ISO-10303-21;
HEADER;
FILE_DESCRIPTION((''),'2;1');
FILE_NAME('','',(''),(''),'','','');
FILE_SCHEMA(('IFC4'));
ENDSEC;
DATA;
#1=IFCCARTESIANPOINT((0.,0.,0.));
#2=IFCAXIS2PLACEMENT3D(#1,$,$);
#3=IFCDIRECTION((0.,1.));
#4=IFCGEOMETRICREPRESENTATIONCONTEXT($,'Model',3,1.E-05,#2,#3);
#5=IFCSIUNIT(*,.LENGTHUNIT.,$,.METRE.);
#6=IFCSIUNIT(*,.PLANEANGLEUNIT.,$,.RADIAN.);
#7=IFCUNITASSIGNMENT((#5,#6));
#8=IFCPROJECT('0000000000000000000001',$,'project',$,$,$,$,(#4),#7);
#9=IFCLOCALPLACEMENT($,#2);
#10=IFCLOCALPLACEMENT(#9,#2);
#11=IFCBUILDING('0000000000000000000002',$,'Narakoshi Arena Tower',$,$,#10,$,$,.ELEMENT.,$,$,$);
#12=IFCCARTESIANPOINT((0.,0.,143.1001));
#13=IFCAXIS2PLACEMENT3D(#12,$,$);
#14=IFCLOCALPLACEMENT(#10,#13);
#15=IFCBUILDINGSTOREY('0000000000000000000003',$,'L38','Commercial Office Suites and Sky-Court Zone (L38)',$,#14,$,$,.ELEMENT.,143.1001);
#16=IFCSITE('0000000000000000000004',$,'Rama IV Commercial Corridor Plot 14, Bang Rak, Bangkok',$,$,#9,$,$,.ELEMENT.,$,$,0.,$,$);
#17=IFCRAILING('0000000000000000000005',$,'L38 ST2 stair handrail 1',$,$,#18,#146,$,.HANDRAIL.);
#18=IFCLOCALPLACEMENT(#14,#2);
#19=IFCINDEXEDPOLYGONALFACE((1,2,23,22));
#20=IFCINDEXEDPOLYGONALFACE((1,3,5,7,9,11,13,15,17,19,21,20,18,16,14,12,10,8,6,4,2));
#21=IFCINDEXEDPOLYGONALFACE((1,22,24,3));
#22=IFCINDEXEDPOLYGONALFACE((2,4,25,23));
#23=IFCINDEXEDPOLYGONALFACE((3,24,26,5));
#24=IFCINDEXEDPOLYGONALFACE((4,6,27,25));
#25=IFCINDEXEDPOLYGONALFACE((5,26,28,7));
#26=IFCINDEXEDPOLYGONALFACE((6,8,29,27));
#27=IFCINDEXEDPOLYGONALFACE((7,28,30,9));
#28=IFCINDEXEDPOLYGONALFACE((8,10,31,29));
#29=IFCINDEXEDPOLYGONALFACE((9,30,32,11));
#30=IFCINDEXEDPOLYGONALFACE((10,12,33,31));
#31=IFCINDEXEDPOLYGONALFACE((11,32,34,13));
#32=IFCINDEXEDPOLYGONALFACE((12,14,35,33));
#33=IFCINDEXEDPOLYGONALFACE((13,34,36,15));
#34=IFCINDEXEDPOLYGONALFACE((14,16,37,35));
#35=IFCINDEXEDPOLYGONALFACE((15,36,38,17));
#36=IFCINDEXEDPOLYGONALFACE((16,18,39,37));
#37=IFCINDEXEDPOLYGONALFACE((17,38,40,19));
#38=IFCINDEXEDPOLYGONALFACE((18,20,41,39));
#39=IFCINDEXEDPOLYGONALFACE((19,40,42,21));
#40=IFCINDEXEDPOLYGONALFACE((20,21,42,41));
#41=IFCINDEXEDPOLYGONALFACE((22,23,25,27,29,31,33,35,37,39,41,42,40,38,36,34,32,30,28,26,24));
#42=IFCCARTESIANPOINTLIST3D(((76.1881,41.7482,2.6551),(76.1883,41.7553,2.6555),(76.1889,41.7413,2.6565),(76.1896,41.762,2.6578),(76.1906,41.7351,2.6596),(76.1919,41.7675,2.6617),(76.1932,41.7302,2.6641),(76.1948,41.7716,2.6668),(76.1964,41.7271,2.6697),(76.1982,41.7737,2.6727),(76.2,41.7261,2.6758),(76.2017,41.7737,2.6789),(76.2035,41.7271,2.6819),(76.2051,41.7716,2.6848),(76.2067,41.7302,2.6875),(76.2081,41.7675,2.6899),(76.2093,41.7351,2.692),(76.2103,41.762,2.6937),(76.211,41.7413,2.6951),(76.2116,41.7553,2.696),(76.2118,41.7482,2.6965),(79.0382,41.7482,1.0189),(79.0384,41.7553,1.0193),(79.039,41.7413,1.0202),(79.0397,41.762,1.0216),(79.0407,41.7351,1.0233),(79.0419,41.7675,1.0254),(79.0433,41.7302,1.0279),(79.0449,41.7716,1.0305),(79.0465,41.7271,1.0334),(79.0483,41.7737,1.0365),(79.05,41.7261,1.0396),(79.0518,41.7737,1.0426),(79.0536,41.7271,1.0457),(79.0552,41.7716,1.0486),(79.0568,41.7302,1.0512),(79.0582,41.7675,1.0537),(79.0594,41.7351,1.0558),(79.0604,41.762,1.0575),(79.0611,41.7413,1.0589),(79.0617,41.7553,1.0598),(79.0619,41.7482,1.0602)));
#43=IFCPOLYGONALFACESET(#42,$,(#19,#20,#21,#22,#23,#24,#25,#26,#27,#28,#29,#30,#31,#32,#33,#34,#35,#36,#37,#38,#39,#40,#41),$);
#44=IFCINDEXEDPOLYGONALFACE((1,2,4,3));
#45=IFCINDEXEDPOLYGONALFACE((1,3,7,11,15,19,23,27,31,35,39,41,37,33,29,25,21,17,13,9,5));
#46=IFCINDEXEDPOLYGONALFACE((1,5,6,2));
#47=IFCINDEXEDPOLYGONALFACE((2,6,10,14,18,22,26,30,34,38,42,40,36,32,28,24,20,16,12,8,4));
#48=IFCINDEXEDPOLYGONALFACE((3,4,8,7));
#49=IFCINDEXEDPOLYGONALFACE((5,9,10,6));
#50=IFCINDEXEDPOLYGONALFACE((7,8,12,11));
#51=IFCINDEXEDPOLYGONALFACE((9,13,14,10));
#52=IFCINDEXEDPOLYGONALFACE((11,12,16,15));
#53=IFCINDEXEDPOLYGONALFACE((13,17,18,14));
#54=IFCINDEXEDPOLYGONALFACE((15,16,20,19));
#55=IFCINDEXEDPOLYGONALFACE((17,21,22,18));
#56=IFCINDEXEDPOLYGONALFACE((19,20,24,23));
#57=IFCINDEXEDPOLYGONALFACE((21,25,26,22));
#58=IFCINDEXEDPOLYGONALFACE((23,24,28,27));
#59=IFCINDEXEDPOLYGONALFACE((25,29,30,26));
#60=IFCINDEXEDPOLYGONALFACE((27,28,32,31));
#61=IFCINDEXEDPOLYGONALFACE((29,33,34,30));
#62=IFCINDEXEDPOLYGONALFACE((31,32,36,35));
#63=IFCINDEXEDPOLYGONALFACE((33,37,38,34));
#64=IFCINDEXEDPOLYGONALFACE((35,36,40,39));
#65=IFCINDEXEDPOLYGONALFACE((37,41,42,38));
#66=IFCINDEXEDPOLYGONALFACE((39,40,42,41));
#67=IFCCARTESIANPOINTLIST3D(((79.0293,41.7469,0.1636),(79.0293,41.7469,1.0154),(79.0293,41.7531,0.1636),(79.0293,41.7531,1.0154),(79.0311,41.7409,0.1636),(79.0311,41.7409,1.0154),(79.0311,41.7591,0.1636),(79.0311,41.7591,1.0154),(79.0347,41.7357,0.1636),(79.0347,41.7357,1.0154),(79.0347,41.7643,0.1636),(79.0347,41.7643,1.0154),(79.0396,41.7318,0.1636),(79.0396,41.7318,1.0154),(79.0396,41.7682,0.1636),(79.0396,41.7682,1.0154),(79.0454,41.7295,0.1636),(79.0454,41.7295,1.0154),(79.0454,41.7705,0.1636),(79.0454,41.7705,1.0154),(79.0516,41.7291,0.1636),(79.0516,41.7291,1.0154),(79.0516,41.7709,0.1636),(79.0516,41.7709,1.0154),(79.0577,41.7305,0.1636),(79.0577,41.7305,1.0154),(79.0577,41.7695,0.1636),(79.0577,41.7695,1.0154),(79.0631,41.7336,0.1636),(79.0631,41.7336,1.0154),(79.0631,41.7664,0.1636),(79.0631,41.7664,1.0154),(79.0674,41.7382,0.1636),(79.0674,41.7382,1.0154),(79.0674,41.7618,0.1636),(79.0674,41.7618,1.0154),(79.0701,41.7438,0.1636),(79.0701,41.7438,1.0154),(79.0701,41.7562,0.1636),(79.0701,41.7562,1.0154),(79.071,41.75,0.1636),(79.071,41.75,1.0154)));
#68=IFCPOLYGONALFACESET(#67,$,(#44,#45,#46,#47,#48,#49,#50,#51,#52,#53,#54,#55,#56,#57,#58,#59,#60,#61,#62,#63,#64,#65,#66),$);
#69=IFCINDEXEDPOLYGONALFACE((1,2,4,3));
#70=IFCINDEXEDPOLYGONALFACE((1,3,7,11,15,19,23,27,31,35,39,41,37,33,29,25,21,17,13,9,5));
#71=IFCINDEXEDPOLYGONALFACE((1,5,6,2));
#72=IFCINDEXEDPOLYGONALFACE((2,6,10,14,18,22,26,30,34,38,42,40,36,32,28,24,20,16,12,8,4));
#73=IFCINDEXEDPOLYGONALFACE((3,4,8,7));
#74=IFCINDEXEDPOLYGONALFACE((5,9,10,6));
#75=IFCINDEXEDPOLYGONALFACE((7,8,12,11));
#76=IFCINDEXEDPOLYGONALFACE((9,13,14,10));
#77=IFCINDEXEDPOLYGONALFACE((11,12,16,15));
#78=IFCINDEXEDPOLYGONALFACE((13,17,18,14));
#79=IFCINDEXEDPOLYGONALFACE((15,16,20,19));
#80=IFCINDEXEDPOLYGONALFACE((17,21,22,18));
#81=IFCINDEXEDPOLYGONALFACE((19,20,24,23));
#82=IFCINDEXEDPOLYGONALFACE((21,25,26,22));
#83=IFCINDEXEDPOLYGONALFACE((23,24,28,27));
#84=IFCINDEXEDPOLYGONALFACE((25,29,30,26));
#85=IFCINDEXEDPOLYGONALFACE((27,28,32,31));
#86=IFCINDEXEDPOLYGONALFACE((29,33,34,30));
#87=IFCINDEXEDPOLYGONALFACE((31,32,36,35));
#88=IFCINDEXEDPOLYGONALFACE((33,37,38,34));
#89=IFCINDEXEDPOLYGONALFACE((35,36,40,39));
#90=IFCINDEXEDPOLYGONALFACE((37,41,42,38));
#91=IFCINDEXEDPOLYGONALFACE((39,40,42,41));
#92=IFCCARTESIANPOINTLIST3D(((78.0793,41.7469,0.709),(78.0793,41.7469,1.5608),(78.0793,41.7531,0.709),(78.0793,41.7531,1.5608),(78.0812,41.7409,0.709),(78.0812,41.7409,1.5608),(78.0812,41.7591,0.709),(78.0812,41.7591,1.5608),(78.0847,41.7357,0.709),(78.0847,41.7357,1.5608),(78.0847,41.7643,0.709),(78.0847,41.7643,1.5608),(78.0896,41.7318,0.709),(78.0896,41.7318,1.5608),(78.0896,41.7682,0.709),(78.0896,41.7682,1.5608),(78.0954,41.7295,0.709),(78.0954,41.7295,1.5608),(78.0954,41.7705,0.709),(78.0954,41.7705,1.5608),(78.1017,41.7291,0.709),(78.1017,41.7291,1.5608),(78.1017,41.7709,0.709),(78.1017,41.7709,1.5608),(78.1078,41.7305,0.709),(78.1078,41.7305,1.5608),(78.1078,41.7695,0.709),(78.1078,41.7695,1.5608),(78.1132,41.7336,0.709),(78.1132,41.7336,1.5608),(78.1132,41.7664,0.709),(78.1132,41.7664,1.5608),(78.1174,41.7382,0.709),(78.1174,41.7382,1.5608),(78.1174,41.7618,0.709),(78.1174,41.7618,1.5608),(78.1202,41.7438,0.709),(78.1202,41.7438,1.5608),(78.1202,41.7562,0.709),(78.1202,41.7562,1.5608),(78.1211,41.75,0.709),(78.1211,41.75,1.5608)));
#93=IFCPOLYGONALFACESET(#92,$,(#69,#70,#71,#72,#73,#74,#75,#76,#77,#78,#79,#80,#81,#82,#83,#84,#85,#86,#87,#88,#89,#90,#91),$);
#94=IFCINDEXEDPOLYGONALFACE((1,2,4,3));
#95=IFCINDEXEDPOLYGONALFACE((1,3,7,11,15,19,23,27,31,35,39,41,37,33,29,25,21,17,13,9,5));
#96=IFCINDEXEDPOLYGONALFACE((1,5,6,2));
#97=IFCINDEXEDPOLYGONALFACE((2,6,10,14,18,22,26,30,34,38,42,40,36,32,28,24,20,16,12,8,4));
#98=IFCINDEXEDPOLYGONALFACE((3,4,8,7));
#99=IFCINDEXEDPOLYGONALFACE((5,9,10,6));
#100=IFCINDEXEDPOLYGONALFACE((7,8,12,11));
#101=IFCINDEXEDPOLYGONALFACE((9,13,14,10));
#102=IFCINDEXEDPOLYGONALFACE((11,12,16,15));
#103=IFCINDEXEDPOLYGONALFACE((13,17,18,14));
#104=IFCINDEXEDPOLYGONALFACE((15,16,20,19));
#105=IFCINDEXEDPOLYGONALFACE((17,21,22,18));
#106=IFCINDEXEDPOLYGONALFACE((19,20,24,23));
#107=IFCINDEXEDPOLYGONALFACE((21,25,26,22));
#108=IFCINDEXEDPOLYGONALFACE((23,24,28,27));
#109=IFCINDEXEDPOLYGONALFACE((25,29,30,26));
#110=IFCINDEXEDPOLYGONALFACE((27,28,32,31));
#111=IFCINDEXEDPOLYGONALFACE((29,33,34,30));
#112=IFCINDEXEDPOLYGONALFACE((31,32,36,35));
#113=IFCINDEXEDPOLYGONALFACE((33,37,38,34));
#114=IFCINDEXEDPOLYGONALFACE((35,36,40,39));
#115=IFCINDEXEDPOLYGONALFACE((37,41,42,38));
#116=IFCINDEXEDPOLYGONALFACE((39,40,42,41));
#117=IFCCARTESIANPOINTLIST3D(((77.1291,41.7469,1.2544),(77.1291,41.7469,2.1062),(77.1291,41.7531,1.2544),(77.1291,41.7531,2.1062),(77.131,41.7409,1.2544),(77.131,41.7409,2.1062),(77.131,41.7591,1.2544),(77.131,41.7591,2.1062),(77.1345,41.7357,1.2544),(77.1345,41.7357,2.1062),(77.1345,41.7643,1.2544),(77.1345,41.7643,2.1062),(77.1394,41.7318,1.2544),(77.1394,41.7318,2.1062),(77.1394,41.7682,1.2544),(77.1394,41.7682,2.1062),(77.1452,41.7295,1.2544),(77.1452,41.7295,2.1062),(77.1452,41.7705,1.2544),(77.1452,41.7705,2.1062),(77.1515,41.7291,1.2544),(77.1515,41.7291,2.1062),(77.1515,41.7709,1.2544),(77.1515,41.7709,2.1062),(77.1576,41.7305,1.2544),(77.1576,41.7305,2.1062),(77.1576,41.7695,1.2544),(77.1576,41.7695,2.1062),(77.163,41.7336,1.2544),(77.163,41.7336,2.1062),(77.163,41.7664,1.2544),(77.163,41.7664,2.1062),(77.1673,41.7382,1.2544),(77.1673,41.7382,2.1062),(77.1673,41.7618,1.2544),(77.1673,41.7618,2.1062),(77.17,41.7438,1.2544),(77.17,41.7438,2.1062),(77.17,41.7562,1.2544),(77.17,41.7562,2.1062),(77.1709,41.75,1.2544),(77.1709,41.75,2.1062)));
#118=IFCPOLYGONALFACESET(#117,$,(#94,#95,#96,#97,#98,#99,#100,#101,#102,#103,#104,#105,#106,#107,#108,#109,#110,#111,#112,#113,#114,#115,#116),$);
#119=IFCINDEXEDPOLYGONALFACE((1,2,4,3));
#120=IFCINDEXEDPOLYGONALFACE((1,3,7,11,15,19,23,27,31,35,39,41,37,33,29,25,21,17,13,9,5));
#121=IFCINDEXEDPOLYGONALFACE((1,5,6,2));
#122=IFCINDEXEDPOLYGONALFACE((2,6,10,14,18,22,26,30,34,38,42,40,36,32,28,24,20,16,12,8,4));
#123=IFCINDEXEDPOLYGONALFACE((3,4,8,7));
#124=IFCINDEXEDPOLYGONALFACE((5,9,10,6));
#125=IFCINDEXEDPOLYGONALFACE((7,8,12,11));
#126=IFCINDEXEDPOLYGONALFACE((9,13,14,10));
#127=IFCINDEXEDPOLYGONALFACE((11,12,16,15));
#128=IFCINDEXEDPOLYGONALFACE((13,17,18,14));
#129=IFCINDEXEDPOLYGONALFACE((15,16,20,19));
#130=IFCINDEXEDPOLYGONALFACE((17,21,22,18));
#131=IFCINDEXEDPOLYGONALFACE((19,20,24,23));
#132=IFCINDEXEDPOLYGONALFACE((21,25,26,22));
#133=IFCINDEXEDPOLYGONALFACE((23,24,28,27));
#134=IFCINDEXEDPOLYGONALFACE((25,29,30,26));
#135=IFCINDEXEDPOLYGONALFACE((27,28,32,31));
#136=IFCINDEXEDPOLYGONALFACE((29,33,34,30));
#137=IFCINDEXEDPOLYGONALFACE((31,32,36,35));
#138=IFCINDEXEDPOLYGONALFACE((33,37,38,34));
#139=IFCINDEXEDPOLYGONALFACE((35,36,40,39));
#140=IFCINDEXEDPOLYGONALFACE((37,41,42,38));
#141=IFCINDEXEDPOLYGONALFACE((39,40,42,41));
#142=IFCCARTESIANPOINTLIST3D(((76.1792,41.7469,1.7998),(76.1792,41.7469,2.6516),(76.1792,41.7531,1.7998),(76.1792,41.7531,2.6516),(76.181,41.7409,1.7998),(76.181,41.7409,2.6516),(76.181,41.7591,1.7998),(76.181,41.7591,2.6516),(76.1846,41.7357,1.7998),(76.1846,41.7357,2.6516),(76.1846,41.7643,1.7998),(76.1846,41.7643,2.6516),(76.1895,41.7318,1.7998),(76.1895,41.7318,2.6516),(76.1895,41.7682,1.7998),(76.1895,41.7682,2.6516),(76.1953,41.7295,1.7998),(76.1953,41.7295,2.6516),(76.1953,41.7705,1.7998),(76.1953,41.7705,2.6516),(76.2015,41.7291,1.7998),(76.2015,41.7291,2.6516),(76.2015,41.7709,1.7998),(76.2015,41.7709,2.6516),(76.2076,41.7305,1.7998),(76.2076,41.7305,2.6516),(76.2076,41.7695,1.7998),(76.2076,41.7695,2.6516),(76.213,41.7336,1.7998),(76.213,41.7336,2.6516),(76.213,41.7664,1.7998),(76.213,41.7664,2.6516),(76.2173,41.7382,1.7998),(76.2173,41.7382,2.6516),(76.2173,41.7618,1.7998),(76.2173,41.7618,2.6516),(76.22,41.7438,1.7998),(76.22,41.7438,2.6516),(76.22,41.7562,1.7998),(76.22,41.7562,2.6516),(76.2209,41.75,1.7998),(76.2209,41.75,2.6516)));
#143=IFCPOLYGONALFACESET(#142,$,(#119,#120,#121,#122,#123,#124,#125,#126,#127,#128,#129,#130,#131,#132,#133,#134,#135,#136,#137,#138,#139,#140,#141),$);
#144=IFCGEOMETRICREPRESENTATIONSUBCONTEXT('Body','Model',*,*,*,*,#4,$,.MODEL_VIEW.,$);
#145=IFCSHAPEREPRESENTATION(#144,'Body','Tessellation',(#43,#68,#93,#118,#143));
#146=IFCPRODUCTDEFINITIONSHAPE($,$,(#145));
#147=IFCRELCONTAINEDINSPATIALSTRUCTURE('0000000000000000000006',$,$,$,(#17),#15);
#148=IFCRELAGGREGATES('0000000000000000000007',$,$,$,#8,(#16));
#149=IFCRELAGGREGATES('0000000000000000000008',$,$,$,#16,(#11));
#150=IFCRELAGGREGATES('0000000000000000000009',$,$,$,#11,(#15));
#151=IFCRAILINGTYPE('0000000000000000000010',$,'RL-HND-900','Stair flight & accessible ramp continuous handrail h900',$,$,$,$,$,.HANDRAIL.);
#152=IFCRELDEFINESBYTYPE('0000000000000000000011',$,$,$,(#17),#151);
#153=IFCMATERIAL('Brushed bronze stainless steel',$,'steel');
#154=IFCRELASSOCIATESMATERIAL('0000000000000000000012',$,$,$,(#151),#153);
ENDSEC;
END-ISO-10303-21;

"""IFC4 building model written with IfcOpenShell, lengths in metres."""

from ifc_helpers import new_model, si_unit, direction, frame, origin, origin_2d, place, context, subcontext, project, spatial, circle, extrude, material, type_object, element, save


model = new_model("IFC4")

# Units and contexts
model_context = context("Model", 3, precision=1e-05, world=origin(), true_north=direction((0.0, 1.0)))
body_context = subcontext(model_context, "Body", "Model", "MODEL_VIEW")
ifc_project = project(units=[si_unit("LENGTHUNIT", "METRE"), si_unit("PLANEANGLEUNIT", "RADIAN")], contexts=[model_context])

# Site, building, storey
site_placement = place(None, origin())
site = spatial("IfcSite", under=ifc_project, at=site_placement, Name="Rama IV Commercial Corridor Plot 14, Bang Rak, Bangkok", CompositionType="ELEMENT", RefElevation=0.0)
building_placement = place(site_placement, origin())
building = spatial("IfcBuilding", under=site, at=building_placement, Name="Narakoshi Arena Tower", CompositionType="ELEMENT")
storey_placement = place(building_placement, frame((0.0, 0.0, 143.1001)))
storey = spatial("IfcBuildingStorey", under=building, at=storey_placement, Name="L38", Description="Commercial Office Suites and Sky-Court Zone (L38)", CompositionType="ELEMENT", Elevation=143.1001)

# Railing
ifc_material_1 = material(Name="Brushed bronze stainless steel", Category="steel")
railing_type_1 = type_object("IfcRailingType", Name="RL-HND-900", Description="Stair flight & accessible ramp continuous handrail h900", PredefinedType="HANDRAIL", material=ifc_material_1)
for number, where, name in (
    (1, (79.05, 41.75, 0.1636), "L38 ST2 stair handrail 1"),
):
    element("IfcRailing", number, at=place(storey_placement, frame(where)), inside=storey, type_object=railing_type_1, Name=name, PredefinedType="HANDRAIL", context=body_context, shape_type="SweptSolid", body=[
        extrude(circle(Radius=0.0239, at=origin_2d()), frame((0.0, 0.0, 0.876), z_axis=(-0.867245, 0.0, 0.497882), x_axis=(0.0, -1.0, 0.0)), (0.0, 0.0, 1.0), 3.2864),
        extrude(circle(Radius=0.021, at=origin_2d()), origin(), (0.0, 0.0, 1.0), 0.8518),
        extrude(circle(Radius=0.021, at=origin_2d()), frame((-0.95, 0.0, 0.5454)), (0.0, 0.0, 1.0), 0.8518),
        extrude(circle(Radius=0.021, at=origin_2d()), frame((-1.9001, 0.0, 1.0908)), (0.0, 0.0, 1.0), 0.8518),
        extrude(circle(Radius=0.021, at=origin_2d()), frame((-2.8501, 0.0, 1.6362)), (0.0, 0.0, 1.0), 0.8518),
    ])

save(model, "model.ifc")
